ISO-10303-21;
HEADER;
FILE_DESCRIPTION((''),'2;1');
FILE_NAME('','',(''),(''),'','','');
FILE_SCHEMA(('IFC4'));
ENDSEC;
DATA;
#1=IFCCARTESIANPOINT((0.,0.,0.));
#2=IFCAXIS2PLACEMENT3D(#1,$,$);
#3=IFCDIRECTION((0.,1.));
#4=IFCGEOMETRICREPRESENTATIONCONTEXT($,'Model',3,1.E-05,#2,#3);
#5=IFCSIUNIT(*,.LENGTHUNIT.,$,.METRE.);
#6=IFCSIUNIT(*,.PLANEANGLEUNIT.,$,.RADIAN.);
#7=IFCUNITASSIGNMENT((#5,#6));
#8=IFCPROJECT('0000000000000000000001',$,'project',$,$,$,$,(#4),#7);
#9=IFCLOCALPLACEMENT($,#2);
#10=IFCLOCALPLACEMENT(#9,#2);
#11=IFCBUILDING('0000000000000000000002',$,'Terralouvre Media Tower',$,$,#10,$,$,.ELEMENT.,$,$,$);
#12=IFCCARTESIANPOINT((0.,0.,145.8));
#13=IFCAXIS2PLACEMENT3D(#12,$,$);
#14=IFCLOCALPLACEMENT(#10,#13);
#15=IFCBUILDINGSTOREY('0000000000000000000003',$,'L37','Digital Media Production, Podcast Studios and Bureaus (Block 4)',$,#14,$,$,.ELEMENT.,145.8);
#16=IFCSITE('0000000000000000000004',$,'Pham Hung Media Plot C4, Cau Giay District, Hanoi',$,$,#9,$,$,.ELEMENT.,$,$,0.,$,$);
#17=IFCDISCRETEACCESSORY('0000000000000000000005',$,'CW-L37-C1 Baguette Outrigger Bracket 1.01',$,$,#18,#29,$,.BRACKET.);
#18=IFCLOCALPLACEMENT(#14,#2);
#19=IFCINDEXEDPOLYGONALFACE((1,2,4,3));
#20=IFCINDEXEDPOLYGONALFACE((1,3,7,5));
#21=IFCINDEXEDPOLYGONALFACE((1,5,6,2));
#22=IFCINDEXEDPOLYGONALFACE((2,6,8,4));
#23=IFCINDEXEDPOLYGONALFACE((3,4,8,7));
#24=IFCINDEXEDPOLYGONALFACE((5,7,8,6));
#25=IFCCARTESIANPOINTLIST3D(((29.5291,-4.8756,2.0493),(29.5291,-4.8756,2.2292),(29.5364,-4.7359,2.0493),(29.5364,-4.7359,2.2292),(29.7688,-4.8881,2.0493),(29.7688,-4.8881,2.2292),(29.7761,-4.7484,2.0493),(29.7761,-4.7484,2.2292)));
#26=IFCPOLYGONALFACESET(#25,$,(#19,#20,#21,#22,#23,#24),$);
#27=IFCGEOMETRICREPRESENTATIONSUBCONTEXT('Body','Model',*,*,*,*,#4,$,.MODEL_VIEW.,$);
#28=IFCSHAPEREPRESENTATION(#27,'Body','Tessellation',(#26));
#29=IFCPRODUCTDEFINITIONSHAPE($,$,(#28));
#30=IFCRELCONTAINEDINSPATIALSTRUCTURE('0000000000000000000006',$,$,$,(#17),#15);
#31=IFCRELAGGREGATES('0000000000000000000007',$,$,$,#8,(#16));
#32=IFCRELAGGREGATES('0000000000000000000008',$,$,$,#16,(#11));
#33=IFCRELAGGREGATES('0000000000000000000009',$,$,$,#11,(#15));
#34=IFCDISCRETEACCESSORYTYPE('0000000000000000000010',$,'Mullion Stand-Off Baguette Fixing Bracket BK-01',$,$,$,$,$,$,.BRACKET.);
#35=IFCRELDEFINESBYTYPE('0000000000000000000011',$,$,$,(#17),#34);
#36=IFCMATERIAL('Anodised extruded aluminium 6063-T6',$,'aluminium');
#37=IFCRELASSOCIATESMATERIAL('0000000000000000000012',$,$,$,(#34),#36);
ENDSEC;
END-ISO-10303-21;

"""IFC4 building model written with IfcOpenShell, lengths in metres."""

from ifc_helpers import new_model, si_unit, direction, frame, origin, origin_2d, place, context, subcontext, project, spatial, rectangle, extrude, material, type_object, element, save


model = new_model("IFC4")

# Units and contexts
model_context = context("Model", 3, precision=1e-05, world=origin(), true_north=direction((0.0, 1.0)))
body_context = subcontext(model_context, "Body", "Model", "MODEL_VIEW")
ifc_project = project(units=[si_unit("LENGTHUNIT", "METRE"), si_unit("PLANEANGLEUNIT", "RADIAN")], contexts=[model_context])

# Site, building, storey
site_placement = place(None, origin())
site = spatial("IfcSite", under=ifc_project, at=site_placement, Name="Pham Hung Media Plot C4, Cau Giay District, Hanoi", CompositionType="ELEMENT", RefElevation=0.0)
building_placement = place(site_placement, origin())
building = spatial("IfcBuilding", under=site, at=building_placement, Name="Terralouvre Media Tower", CompositionType="ELEMENT")
storey_placement = place(building_placement, frame((0.0, 0.0, 145.8)))
storey = spatial("IfcBuildingStorey", under=building, at=storey_placement, Name="L37", Description="Digital Media Production, Podcast Studios and Bureaus (Block 4)", CompositionType="ELEMENT", Elevation=145.8)

# Discrete accessory
ifc_material_1 = material(Name="Anodised extruded aluminium 6063-T6", Category="aluminium")
discrete_accessory_type = type_object("IfcDiscreteAccessoryType", Name="Mullion Stand-Off Baguette Fixing Bracket BK-01", PredefinedType="BRACKET", material=ifc_material_1)
for number, where, z_axis, x_axis, name in (
    (1, (29.6526, -4.812, 2.0493), (0.0, 0.0, 1.0), (0.052337, 0.998629, 0.0), "CW-L37-C1 Baguette Outrigger Bracket 1.01"),
):
    element("IfcDiscreteAccessory", number, at=place(storey_placement, frame(where, z_axis=z_axis, x_axis=x_axis)), inside=storey, type_object=discrete_accessory_type, Name=name, PredefinedType="BRACKET", context=body_context, shape_type="SweptSolid", body=[
        extrude(rectangle(XDim=0.1399, YDim=0.24, at=origin_2d()), origin(), (0.0, 0.0, 1.0), 0.1799),
    ])

save(model, "model.ifc")
